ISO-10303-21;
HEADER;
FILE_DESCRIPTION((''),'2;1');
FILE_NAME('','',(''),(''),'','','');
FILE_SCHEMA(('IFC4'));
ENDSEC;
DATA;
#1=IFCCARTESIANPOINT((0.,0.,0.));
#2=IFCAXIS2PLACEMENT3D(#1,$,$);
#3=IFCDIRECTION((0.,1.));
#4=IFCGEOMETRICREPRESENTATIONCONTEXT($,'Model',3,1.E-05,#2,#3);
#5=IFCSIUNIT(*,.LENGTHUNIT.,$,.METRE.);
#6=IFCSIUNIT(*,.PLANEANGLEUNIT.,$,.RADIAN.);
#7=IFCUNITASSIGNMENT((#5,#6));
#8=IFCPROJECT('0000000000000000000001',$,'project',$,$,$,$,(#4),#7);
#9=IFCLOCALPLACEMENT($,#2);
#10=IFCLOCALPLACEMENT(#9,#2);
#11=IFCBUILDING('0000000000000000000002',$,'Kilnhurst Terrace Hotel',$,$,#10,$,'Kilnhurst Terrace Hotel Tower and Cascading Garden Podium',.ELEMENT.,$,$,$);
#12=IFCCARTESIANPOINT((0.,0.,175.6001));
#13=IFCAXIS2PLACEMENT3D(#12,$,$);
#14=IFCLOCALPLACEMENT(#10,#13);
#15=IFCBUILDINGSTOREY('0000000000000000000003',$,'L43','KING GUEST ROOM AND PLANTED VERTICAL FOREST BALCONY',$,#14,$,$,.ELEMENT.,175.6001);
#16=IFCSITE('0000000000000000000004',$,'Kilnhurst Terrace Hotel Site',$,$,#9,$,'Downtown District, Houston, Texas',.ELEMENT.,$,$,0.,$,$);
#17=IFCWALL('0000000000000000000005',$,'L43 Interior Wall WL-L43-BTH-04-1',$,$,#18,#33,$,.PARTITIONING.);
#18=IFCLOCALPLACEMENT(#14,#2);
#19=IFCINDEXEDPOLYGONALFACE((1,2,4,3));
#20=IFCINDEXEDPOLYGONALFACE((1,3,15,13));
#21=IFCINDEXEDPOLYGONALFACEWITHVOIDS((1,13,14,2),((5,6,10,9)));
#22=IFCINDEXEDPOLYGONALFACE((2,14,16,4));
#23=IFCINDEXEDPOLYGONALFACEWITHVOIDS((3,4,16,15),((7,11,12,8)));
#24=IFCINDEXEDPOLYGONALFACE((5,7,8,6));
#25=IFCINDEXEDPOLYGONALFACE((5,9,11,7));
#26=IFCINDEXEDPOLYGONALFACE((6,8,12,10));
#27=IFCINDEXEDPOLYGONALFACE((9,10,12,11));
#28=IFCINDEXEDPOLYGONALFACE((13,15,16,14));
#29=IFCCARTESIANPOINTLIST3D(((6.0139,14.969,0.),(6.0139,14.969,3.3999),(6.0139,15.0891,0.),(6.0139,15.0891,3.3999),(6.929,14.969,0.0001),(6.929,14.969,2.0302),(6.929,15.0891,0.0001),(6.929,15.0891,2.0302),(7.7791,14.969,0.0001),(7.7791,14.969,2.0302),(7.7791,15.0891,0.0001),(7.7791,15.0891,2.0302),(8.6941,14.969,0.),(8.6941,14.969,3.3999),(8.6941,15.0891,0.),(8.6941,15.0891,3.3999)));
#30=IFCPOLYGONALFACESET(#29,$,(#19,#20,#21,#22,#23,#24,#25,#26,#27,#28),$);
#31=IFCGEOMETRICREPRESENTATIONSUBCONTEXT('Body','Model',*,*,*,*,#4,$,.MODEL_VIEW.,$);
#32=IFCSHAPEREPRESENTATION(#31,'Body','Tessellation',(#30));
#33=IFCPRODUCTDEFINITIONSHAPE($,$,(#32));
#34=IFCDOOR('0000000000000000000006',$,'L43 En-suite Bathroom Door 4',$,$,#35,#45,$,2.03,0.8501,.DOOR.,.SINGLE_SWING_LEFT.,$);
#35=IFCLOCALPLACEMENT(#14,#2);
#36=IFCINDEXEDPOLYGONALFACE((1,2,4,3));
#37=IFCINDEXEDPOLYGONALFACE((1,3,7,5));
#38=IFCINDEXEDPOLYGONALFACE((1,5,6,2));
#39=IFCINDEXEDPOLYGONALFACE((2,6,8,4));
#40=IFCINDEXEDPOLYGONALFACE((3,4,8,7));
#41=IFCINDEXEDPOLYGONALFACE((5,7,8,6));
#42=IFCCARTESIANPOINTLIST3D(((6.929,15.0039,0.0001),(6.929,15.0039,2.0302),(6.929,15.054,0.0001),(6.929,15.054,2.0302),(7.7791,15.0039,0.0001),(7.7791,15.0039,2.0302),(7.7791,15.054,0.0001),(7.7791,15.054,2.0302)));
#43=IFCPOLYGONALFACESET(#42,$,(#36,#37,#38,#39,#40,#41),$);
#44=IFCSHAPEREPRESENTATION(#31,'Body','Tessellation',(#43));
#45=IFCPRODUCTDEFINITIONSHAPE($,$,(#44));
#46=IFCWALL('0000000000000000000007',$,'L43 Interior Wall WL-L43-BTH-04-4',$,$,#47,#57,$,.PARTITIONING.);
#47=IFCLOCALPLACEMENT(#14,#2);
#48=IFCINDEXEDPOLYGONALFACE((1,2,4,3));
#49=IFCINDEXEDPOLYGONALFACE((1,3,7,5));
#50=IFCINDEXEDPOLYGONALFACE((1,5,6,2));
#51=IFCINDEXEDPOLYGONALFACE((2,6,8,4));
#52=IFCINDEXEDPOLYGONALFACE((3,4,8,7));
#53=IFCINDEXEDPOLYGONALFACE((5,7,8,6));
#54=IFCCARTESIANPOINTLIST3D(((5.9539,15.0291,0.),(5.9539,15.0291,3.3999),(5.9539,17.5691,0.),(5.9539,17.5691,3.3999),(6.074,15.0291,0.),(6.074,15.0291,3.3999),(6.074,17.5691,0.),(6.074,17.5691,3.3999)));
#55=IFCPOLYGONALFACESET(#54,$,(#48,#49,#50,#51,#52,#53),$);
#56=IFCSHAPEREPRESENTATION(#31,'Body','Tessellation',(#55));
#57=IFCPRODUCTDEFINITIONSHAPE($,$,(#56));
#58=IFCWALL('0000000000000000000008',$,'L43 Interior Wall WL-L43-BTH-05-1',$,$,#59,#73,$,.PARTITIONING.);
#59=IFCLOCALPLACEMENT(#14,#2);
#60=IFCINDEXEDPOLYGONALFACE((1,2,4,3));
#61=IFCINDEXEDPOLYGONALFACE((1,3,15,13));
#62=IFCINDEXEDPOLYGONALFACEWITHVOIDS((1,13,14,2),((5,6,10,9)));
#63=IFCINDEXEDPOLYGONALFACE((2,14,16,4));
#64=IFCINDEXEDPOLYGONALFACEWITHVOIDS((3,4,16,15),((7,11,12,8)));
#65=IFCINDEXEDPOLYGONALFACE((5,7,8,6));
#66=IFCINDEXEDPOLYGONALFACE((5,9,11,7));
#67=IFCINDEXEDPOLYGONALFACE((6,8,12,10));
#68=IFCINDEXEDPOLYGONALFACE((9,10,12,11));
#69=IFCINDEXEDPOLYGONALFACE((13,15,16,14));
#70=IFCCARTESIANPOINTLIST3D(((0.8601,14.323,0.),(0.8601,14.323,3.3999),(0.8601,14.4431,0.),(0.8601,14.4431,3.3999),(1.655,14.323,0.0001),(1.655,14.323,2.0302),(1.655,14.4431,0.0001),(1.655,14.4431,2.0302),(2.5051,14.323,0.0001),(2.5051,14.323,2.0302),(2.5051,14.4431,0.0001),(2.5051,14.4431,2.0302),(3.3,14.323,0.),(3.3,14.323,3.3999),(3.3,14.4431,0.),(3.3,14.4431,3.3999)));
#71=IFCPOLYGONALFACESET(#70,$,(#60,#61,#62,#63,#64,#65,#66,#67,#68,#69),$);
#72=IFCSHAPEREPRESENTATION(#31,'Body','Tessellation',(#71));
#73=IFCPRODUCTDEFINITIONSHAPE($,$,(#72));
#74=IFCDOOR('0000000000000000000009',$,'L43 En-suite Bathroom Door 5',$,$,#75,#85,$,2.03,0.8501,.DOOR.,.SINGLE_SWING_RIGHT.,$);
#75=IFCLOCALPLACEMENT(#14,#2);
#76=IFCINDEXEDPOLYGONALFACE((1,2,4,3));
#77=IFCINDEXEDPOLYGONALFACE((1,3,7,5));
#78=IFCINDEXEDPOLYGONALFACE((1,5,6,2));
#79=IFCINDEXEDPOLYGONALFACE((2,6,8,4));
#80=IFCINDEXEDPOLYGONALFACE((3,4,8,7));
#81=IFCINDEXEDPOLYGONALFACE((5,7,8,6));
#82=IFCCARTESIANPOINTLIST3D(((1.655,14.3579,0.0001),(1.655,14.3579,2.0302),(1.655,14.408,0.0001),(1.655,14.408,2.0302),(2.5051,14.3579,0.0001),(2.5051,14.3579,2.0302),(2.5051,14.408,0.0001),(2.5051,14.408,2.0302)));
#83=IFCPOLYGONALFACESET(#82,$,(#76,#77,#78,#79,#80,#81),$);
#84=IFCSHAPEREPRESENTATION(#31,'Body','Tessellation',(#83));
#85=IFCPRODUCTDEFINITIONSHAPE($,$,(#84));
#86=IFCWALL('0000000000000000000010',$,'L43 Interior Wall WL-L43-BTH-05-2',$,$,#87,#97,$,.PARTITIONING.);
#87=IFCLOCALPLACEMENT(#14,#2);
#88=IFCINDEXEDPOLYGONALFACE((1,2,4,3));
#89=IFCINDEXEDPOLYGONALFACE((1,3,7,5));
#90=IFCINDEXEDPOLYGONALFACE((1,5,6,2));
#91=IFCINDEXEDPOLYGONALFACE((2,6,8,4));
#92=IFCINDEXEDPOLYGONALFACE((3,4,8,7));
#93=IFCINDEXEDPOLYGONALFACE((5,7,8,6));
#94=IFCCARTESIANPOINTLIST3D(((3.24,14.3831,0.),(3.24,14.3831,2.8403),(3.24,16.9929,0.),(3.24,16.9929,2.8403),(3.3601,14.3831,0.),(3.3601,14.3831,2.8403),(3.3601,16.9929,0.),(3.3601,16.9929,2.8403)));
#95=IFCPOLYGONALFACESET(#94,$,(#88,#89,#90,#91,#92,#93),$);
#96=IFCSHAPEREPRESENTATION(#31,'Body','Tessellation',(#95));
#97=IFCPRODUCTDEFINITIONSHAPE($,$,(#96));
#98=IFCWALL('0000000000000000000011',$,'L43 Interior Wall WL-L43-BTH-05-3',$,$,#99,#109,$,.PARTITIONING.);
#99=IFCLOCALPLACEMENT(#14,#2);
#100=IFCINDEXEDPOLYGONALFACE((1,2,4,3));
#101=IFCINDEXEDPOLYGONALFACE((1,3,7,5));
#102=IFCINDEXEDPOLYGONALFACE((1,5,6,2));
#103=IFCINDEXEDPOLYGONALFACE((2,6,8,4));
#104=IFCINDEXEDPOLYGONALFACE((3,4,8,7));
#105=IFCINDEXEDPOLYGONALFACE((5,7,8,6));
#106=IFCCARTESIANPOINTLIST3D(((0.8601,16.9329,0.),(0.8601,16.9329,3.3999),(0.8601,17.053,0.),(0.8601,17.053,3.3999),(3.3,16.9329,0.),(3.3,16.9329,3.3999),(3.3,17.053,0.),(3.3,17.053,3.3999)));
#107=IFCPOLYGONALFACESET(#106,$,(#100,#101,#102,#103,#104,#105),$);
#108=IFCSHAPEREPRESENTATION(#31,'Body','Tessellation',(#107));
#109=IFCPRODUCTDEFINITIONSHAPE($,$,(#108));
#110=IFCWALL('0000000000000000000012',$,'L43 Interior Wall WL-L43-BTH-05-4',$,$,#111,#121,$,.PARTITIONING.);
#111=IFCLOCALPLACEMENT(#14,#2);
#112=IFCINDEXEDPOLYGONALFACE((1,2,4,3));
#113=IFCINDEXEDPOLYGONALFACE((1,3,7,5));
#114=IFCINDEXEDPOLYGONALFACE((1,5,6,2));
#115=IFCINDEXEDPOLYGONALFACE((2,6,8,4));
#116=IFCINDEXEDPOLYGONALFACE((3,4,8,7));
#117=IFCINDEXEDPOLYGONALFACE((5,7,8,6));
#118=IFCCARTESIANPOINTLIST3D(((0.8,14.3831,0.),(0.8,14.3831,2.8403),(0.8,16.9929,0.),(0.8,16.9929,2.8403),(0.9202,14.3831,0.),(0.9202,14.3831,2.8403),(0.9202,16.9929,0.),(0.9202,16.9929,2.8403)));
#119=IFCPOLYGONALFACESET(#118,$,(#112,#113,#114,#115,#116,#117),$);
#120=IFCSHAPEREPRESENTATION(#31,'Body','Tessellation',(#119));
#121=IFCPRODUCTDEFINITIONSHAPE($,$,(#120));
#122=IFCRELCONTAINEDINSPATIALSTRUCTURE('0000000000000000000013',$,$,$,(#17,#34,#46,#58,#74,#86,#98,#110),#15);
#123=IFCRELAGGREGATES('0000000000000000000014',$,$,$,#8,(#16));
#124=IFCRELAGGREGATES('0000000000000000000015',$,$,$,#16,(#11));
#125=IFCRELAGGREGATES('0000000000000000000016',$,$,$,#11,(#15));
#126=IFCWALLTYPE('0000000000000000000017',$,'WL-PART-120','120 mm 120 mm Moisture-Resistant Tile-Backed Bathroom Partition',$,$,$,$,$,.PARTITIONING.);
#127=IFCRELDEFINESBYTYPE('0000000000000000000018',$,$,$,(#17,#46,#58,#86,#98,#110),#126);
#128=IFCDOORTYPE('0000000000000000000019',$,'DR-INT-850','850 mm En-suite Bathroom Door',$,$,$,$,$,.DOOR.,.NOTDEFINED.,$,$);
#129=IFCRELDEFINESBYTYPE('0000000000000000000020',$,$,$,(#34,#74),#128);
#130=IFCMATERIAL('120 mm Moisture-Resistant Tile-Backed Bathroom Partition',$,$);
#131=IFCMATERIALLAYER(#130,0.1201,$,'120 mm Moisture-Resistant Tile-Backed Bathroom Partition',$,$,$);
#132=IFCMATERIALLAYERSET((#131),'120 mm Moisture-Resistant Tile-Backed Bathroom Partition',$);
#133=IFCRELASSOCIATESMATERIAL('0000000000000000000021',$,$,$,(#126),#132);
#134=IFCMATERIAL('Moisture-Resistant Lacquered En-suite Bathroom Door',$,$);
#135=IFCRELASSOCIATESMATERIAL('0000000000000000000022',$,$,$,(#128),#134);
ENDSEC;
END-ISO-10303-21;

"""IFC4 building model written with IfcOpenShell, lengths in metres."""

from ifc_helpers import new_model, si_unit, direction, frame, frame_2d, origin, place, context, subcontext, project, spatial, rectangle, extrude, material, layer, layer_set, type_object, element, fill, save


model = new_model("IFC4")

# Units and contexts
model_context = context("Model", 3, precision=1e-05, world=origin(), true_north=direction((0.0, 1.0)))
body_context = subcontext(model_context, "Body", "Model", "MODEL_VIEW")
ifc_project = project(units=[si_unit("LENGTHUNIT", "METRE"), si_unit("PLANEANGLEUNIT", "RADIAN")], contexts=[model_context])

# Site, building, storey
site_placement = place(None, origin())
site = spatial("IfcSite", under=ifc_project, at=site_placement, Name="Kilnhurst Terrace Hotel Site", LongName="Downtown District, Houston, Texas", CompositionType="ELEMENT", RefElevation=0.0)
building_placement = place(site_placement, origin())
building = spatial("IfcBuilding", under=site, at=building_placement, Name="Kilnhurst Terrace Hotel", LongName="Kilnhurst Terrace Hotel Tower and Cascading Garden Podium", CompositionType="ELEMENT")
storey_placement = place(building_placement, frame((0.0, 0.0, 175.6001)))
storey = spatial("IfcBuildingStorey", under=building, at=storey_placement, Name="L43", Description="KING GUEST ROOM AND PLANTED VERTICAL FOREST BALCONY", CompositionType="ELEMENT", Elevation=175.6001)

# Wall, opening, door
ifc_material_1 = material(Name="120 mm Moisture-Resistant Tile-Backed Bathroom Partition")
ifc_layer_1 = layer(ifc_material_1, 0.1201, Name="120 mm Moisture-Resistant Tile-Backed Bathroom Partition")
ifc_layer_set_1 = layer_set([ifc_layer_1], Name="120 mm Moisture-Resistant Tile-Backed Bathroom Partition")
wall_type_1 = type_object("IfcWallType", Name="WL-PART-120", Description="120 mm 120 mm Moisture-Resistant Tile-Backed Bathroom Partition", PredefinedType="PARTITIONING", material=ifc_layer_set_1)
wall_1_placement = place(storey_placement, frame((6.0139, 15.0291, 0.0), z_axis=(0.0, 0.0, 1.0), x_axis=(1.0, 0.0, 0.0)))
wall_1 = element("IfcWall", 1, at=wall_1_placement, inside=storey, type_object=wall_type_1, Name="L43 Interior Wall WL-L43-BTH-04-1", PredefinedType="PARTITIONING", context=body_context, shape_type="SweptSolid", body=[
    extrude(rectangle(XDim=2.6802, YDim=0.1201, at=frame_2d((1.3401, 0.0))), origin(), (0.0, 0.0, 1.0), 3.3999),
])
opening_1_placement = place(wall_1_placement, frame((0.915, 0.0, 0.0)))
opening_1 = element("IfcOpeningElement", 2, at=opening_1_placement, cuts=wall_1, PredefinedType="OPENING", context=body_context, shape_type="SweptSolid", body=[
    extrude(rectangle(XDim=0.8501, YDim=2.03, at=frame_2d((0.425, 1.0151))), frame((0.0, 0.0701, 0.0), z_axis=(0.0, -1.0, 0.0), x_axis=(1.0, 0.0, 0.0)), (0.0, 0.0, 1.0), 0.1401),
])
ifc_material_2 = material(Name="Moisture-Resistant Lacquered En-suite Bathroom Door")
door_type_1 = type_object("IfcDoorType", Name="DR-INT-850", Description="850 mm En-suite Bathroom Door", OperationType="NOTDEFINED", PredefinedType="DOOR", material=ifc_material_2)
door_1_placement = place(opening_1_placement, origin())
door_1 = element("IfcDoor", 3, at=door_1_placement, inside=storey, type_object=door_type_1, Name="L43 En-suite Bathroom Door 4", OperationType="SINGLE_SWING_LEFT", OverallHeight=2.03, OverallWidth=0.8501, PredefinedType="DOOR", context=body_context, shape_type="SweptSolid", body=[
    extrude(rectangle(XDim=0.8501, YDim=2.03, at=frame_2d((0.425, 1.0151))), frame((0.0, 0.0249, 0.0), z_axis=(0.0, -1.0, 0.0), x_axis=(1.0, 0.0, 0.0)), (0.0, 0.0, 1.0), 0.05),
])
fill(opening_1, door_1)

# Wall
wall_2_placement = place(storey_placement, frame((6.0139, 17.5691, 0.0), z_axis=(0.0, 0.0, 1.0), x_axis=(0.0, -1.0, 0.0)))
element("IfcWall", 4, at=wall_2_placement, inside=storey, type_object=wall_type_1, Name="L43 Interior Wall WL-L43-BTH-04-4", PredefinedType="PARTITIONING", context=body_context, shape_type="SweptSolid", body=[
    extrude(rectangle(XDim=2.54, YDim=0.1201, at=frame_2d((1.27, 0.0))), origin(), (0.0, 0.0, 1.0), 3.3999),
])

# Wall, opening, door
wall_3_placement = place(storey_placement, frame((0.8601, 14.3831, 0.0), z_axis=(0.0, 0.0, 1.0), x_axis=(1.0, 0.0, 0.0)))
wall_3 = element("IfcWall", 5, at=wall_3_placement, inside=storey, type_object=wall_type_1, Name="L43 Interior Wall WL-L43-BTH-05-1", PredefinedType="PARTITIONING", context=body_context, shape_type="SweptSolid", body=[
    extrude(rectangle(XDim=2.4399, YDim=0.1201, at=frame_2d((1.22, 0.0))), origin(), (0.0, 0.0, 1.0), 3.3999),
])
opening_2_placement = place(wall_3_placement, frame((0.7949, 0.0, 0.0)))
opening_2 = element("IfcOpeningElement", 6, at=opening_2_placement, cuts=wall_3, PredefinedType="OPENING", context=body_context, shape_type="SweptSolid", body=[
    extrude(rectangle(XDim=0.8501, YDim=2.03, at=frame_2d((0.425, 1.0151))), frame((0.0, 0.0701, 0.0), z_axis=(0.0, -1.0, 0.0), x_axis=(1.0, 0.0, 0.0)), (0.0, 0.0, 1.0), 0.1401),
])
door_2_placement = place(opening_2_placement, origin())
door_2 = element("IfcDoor", 7, at=door_2_placement, inside=storey, type_object=door_type_1, Name="L43 En-suite Bathroom Door 5", OperationType="SINGLE_SWING_RIGHT", OverallHeight=2.03, OverallWidth=0.8501, PredefinedType="DOOR", context=body_context, shape_type="SweptSolid", body=[
    extrude(rectangle(XDim=0.8501, YDim=2.03, at=frame_2d((0.425, 1.0151))), frame((0.0, 0.0249, 0.0), z_axis=(0.0, -1.0, 0.0), x_axis=(1.0, 0.0, 0.0)), (0.0, 0.0, 1.0), 0.05),
])
fill(opening_2, door_2)

# Walls
wall_4_placement = place(storey_placement, frame((3.3, 14.3831, 0.0), z_axis=(0.0, 0.0, 1.0), x_axis=(0.0, 1.0, 0.0)))
element("IfcWall", 8, at=wall_4_placement, inside=storey, type_object=wall_type_1, Name="L43 Interior Wall WL-L43-BTH-05-2", PredefinedType="PARTITIONING", context=body_context, shape_type="SweptSolid", body=[
    extrude(rectangle(XDim=2.6099, YDim=0.1201, at=frame_2d((1.3049, 0.0))), origin(), (0.0, 0.0, 1.0), 2.8403),
])
wall_5_placement = place(storey_placement, frame((3.3, 16.9929, 0.0), z_axis=(0.0, 0.0, 1.0), x_axis=(-1.0, 0.0, 0.0)))
element("IfcWall", 9, at=wall_5_placement, inside=storey, type_object=wall_type_1, Name="L43 Interior Wall WL-L43-BTH-05-3", PredefinedType="PARTITIONING", context=body_context, shape_type="SweptSolid", body=[
    extrude(rectangle(XDim=2.4399, YDim=0.1201, at=frame_2d((1.22, 0.0))), origin(), (0.0, 0.0, 1.0), 3.3999),
])
wall_6_placement = place(storey_placement, frame((0.8601, 16.9929, 0.0), z_axis=(0.0, 0.0, 1.0), x_axis=(0.0, -1.0, 0.0)))
element("IfcWall", 10, at=wall_6_placement, inside=storey, type_object=wall_type_1, Name="L43 Interior Wall WL-L43-BTH-05-4", PredefinedType="PARTITIONING", context=body_context, shape_type="SweptSolid", body=[
    extrude(rectangle(XDim=2.6099, YDim=0.1201, at=frame_2d((1.3049, 0.0))), origin(), (0.0, 0.0, 1.0), 2.8403),
])

save(model, "model.ifc")
